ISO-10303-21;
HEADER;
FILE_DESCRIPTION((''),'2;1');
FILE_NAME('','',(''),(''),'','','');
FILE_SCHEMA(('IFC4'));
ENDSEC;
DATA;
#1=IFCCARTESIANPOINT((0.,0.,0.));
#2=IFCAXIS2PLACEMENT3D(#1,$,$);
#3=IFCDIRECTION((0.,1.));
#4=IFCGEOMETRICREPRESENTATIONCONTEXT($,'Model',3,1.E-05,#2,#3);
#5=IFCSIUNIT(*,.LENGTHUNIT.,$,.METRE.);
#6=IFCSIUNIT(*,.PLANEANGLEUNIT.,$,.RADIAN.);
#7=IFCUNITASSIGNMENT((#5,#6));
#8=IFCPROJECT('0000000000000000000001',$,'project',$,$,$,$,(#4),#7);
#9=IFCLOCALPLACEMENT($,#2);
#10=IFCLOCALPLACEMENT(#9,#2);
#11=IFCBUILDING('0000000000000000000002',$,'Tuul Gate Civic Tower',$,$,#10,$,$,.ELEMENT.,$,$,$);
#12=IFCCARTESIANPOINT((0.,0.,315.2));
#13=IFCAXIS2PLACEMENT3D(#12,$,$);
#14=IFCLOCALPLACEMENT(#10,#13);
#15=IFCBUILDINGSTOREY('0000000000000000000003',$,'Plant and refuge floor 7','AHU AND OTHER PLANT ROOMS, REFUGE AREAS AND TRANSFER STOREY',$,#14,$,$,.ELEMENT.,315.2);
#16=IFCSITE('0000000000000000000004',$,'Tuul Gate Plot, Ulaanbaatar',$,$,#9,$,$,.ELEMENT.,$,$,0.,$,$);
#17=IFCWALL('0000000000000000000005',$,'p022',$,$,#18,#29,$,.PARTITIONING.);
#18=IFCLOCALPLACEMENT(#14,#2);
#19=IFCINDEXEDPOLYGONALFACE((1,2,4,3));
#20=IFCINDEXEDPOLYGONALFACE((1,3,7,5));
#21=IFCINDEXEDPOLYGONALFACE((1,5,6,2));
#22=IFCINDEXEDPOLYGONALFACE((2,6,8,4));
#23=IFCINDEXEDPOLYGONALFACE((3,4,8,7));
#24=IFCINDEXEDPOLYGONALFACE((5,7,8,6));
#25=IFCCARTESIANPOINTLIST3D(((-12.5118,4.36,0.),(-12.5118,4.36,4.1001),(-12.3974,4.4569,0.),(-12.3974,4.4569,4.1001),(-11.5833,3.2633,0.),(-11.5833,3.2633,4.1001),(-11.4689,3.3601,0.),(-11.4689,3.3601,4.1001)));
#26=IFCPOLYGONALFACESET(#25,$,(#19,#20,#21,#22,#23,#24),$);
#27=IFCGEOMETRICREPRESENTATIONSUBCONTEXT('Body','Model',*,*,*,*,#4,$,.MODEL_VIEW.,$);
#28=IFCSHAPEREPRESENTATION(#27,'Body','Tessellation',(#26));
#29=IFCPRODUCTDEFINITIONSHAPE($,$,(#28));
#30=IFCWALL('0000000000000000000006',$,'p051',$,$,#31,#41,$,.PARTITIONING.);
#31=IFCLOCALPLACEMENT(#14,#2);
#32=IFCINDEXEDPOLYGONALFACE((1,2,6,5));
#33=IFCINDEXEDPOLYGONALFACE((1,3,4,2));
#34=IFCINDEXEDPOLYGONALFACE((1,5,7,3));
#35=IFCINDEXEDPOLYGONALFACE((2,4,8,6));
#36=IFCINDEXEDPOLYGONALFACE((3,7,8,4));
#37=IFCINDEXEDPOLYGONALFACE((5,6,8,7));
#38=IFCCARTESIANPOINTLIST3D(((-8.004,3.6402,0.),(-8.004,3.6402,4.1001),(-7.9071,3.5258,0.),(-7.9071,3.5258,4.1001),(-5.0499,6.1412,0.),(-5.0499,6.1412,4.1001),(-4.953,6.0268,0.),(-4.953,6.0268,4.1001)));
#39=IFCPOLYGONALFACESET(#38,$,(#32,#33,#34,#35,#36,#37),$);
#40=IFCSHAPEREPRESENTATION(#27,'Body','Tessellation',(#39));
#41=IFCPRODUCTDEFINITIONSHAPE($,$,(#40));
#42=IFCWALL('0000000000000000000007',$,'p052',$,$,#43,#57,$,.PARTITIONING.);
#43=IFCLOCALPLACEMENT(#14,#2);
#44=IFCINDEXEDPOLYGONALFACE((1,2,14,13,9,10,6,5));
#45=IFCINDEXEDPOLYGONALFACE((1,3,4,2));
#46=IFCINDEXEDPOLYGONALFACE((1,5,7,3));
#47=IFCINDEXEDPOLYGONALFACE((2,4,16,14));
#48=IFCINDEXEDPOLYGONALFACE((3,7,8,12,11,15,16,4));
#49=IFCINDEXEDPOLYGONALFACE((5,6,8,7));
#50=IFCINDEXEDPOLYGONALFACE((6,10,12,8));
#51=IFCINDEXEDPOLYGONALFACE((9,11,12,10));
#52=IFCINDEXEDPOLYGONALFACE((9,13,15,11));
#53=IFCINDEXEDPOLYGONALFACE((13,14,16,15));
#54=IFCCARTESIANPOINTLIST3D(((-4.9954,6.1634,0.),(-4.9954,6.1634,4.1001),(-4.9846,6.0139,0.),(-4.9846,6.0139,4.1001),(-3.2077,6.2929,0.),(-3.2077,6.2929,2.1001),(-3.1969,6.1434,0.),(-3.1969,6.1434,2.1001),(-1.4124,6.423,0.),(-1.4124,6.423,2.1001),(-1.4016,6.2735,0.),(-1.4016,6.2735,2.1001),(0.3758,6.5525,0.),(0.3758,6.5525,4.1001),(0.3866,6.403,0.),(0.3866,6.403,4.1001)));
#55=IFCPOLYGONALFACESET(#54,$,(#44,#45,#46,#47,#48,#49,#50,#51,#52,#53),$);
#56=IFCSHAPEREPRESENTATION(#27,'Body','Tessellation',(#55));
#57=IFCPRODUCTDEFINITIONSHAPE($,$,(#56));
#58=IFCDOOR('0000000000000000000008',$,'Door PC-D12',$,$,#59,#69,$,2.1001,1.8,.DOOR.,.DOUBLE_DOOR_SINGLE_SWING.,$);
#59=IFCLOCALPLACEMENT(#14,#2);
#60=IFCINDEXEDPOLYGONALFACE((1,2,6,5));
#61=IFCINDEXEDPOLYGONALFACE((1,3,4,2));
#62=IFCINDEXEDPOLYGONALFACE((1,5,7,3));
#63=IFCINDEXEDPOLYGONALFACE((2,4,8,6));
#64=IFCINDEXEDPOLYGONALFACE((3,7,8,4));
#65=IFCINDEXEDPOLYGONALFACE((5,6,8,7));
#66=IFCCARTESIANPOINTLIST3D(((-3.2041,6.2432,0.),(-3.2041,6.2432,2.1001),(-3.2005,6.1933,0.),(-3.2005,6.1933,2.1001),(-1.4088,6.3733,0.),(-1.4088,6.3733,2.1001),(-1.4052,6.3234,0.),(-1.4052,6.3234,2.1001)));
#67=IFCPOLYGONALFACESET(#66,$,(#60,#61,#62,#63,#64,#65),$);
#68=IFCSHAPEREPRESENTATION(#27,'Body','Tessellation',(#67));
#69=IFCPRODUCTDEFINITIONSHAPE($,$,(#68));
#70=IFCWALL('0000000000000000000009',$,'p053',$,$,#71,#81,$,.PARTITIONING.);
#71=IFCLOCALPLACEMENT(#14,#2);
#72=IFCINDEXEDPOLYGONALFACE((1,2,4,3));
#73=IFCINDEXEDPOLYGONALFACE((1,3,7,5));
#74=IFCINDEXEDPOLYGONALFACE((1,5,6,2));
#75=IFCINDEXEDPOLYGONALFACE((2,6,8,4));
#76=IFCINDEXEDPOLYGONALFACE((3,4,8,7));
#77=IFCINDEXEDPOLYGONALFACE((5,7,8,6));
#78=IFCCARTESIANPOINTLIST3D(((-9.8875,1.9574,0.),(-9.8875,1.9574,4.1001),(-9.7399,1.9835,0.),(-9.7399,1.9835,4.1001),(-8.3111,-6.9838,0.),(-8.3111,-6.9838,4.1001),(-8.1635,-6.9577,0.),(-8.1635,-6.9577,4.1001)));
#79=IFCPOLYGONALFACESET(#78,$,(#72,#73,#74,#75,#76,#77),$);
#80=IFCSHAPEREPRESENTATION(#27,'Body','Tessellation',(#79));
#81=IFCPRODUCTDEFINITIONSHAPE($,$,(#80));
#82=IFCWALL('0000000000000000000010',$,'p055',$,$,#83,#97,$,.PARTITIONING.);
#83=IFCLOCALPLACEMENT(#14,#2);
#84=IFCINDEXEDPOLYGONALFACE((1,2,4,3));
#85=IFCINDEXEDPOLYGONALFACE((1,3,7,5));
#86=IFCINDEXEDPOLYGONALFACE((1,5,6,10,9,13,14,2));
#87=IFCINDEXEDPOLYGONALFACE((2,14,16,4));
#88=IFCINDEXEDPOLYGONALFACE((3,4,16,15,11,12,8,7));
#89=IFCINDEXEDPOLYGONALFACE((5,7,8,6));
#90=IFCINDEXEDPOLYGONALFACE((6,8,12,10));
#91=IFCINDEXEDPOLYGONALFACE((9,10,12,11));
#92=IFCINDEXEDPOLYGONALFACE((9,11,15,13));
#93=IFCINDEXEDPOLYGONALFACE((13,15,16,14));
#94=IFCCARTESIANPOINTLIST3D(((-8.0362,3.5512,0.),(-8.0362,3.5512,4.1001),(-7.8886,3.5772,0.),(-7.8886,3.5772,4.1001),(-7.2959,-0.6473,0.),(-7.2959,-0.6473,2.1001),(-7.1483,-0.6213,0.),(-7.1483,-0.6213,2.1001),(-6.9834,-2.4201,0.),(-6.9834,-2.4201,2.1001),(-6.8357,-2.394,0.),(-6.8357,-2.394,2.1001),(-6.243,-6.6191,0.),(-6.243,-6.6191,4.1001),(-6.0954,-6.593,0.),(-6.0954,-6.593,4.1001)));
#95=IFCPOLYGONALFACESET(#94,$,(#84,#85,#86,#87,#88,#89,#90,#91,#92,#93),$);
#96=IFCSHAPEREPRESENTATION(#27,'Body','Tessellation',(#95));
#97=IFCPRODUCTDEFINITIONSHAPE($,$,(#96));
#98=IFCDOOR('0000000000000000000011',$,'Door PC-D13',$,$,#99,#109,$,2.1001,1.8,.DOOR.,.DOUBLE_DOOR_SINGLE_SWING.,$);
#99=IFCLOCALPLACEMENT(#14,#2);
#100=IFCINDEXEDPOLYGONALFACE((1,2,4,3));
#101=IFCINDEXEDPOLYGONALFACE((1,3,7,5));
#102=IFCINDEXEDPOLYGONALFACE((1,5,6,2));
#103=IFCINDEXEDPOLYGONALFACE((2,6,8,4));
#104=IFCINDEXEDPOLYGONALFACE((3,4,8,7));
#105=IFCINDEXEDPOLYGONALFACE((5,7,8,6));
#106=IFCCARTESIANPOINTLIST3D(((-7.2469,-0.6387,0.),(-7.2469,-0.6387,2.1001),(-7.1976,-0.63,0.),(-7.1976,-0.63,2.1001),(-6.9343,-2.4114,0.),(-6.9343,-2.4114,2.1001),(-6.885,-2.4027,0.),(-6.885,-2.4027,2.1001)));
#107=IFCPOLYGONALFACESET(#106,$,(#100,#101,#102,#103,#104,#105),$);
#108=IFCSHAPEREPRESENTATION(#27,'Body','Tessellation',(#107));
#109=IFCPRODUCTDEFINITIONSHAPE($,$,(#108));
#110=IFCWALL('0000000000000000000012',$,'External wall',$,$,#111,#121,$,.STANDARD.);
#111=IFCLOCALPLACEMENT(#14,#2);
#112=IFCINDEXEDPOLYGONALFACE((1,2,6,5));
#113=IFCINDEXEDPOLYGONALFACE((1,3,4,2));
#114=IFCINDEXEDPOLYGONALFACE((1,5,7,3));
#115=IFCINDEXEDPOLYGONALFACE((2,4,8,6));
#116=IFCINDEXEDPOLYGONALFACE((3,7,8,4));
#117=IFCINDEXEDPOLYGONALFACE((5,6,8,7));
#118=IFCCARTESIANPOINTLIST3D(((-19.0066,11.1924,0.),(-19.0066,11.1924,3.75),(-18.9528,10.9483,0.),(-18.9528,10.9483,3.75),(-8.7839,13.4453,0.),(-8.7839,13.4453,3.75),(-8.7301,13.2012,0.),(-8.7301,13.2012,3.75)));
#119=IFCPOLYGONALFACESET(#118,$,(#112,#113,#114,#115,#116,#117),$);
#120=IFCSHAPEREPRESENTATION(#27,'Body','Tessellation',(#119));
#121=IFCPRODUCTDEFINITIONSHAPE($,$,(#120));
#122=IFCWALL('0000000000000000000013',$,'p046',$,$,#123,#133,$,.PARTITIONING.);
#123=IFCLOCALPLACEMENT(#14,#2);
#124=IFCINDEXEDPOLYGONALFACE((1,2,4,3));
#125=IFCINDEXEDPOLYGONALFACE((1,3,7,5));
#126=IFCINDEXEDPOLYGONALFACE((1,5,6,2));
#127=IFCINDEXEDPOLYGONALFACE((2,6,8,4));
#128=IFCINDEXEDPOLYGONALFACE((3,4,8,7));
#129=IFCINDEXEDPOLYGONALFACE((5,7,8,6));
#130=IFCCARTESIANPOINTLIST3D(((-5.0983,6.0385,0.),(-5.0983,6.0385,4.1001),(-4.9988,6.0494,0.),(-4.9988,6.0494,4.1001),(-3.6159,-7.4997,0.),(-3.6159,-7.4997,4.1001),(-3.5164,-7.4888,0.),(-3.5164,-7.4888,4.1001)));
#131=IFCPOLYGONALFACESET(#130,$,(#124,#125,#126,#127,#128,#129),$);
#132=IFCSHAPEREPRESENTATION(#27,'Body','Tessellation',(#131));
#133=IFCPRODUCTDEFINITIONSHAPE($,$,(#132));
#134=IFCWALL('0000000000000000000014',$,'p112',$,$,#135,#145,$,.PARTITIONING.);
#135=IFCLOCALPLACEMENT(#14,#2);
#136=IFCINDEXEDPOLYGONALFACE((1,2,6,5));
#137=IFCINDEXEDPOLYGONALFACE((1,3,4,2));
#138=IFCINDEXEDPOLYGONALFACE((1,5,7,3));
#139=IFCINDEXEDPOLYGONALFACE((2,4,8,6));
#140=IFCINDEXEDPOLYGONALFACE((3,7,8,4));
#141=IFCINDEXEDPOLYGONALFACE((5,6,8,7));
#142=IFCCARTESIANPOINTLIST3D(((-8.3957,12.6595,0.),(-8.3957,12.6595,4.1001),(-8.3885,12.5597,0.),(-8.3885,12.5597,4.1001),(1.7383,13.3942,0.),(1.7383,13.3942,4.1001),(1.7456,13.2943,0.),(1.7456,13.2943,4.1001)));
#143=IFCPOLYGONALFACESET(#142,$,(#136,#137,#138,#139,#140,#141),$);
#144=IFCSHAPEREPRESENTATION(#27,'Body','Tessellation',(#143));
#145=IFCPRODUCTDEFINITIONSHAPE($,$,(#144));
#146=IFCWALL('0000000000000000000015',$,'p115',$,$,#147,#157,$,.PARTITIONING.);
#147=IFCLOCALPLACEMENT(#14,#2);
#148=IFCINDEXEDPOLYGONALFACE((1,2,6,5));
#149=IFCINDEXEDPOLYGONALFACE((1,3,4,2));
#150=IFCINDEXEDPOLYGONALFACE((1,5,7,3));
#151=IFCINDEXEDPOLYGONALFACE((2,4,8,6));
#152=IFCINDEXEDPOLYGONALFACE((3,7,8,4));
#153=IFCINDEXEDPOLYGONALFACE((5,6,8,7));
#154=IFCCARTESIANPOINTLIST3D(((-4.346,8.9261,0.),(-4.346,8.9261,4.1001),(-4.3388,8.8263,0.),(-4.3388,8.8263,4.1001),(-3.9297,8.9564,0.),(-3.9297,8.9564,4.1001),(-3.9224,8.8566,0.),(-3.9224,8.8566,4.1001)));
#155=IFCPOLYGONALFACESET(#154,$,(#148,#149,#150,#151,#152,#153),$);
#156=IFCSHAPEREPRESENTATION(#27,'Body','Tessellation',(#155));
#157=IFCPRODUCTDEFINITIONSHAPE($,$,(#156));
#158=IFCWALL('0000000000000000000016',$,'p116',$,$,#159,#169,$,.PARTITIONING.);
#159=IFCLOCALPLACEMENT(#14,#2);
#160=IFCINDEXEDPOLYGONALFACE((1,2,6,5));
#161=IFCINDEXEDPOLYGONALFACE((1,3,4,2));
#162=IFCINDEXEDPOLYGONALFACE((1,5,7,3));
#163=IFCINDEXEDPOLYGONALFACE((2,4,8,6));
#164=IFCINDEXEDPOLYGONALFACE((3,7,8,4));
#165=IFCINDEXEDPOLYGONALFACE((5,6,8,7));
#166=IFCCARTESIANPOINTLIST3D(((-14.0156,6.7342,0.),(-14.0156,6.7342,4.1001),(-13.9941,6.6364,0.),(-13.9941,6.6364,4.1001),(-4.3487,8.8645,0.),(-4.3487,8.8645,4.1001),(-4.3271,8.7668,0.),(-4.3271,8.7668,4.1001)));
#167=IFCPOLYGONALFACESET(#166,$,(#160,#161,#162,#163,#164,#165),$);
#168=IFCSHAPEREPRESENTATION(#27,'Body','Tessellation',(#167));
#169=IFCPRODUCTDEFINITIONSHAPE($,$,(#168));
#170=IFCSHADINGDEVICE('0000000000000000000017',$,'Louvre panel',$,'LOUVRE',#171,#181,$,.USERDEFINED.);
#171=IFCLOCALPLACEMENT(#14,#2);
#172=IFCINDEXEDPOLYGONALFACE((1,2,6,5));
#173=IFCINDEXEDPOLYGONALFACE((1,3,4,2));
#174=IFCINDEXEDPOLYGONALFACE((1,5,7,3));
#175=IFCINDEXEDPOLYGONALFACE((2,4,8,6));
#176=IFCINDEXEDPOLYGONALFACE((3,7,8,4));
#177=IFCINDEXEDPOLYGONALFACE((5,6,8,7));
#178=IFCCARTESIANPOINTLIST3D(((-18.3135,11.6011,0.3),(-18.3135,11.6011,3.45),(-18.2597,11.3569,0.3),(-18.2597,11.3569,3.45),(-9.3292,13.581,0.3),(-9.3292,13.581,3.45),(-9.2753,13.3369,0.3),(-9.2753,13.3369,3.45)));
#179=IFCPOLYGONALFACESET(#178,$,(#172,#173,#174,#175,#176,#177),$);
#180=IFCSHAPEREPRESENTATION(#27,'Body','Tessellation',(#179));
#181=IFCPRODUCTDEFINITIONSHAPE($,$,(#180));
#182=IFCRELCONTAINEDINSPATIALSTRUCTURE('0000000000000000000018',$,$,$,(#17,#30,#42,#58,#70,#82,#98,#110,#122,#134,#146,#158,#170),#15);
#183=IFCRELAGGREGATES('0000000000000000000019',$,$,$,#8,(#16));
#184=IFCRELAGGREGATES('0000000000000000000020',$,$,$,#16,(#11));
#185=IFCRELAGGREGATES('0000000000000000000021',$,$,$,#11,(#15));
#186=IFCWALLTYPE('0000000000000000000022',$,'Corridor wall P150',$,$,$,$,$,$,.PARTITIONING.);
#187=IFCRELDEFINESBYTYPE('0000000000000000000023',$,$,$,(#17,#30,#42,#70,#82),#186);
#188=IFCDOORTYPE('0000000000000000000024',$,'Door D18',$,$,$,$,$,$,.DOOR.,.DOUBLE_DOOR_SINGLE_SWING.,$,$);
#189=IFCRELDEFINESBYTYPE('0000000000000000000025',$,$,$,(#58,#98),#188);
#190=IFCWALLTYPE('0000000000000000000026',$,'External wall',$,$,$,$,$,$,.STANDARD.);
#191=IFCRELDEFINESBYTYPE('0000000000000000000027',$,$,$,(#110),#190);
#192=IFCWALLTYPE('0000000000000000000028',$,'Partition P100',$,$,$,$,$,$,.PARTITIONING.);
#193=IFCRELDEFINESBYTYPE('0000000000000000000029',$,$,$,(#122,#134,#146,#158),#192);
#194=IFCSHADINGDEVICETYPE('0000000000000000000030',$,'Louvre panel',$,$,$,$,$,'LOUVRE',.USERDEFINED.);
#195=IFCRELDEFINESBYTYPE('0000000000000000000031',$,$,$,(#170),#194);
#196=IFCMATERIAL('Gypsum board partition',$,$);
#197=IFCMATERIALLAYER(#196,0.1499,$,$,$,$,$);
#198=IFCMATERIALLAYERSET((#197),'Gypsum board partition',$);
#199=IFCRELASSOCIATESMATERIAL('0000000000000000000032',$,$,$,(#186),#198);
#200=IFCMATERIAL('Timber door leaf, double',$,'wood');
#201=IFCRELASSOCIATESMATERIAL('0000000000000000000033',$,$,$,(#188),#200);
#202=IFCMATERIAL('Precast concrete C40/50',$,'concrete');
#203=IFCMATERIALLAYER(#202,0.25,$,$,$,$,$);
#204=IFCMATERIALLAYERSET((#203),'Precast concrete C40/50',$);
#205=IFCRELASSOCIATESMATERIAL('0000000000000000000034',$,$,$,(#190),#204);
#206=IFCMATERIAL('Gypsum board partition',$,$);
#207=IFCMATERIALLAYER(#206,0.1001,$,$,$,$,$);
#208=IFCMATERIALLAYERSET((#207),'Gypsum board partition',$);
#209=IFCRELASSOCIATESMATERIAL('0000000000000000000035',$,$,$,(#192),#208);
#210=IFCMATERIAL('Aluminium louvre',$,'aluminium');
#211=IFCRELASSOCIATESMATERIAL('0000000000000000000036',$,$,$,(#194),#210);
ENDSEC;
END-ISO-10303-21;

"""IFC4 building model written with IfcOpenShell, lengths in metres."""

from ifc_helpers import new_model, si_unit, direction, frame, frame_2d, origin, origin_2d, place, context, subcontext, project, spatial, rectangle, extrude, material, layer, layer_set, type_object, element, fill, save


model = new_model("IFC4")

# Units and contexts
model_context = context("Model", 3, precision=1e-05, world=origin(), true_north=direction((0.0, 1.0)))
body_context = subcontext(model_context, "Body", "Model", "MODEL_VIEW")
ifc_project = project(units=[si_unit("LENGTHUNIT", "METRE"), si_unit("PLANEANGLEUNIT", "RADIAN")], contexts=[model_context])

# Site, building, storey
site_placement = place(None, origin())
site = spatial("IfcSite", under=ifc_project, at=site_placement, Name="Tuul Gate Plot, Ulaanbaatar", CompositionType="ELEMENT", RefElevation=0.0)
building_placement = place(site_placement, origin())
building = spatial("IfcBuilding", under=site, at=building_placement, Name="Tuul Gate Civic Tower", CompositionType="ELEMENT")
storey_placement = place(building_placement, frame((0.0, 0.0, 315.2)))
storey = spatial("IfcBuildingStorey", under=building, at=storey_placement, Name="Plant and refuge floor 7", Description="AHU AND OTHER PLANT ROOMS, REFUGE AREAS AND TRANSFER STOREY", CompositionType="ELEMENT", Elevation=315.2)

# Walls
ifc_material_1 = material(Name="Gypsum board partition")
ifc_layer_1 = layer(ifc_material_1, 0.1499)
ifc_layer_set_1 = layer_set([ifc_layer_1], Name="Gypsum board partition")
wall_type_1 = type_object("IfcWallType", Name="Corridor wall P150", PredefinedType="PARTITIONING", material=ifc_layer_set_1)
wall_1_placement = place(storey_placement, frame((-12.4546, 4.4084, 0.0), z_axis=(0.0, 0.0, 1.0), x_axis=(0.646148, -0.763212, 0.0)))
element("IfcWall", 1, at=wall_1_placement, inside=storey, type_object=wall_type_1, Name="p022", PredefinedType="PARTITIONING", context=body_context, shape_type="SweptSolid", body=[
    extrude(rectangle(XDim=1.437, YDim=0.1499, at=frame_2d((0.7185, 0.0))), origin(), (0.0, 0.0, 1.0), 4.1001),
])
wall_2_placement = place(storey_placement, frame((-7.9556, 3.583, 0.0), z_axis=(0.0, 0.0, 1.0), x_axis=(0.763214, 0.646146, 0.0)))
element("IfcWall", 2, at=wall_2_placement, inside=storey, type_object=wall_type_1, Name="p051", PredefinedType="PARTITIONING", context=body_context, shape_type="SweptSolid", body=[
    extrude(rectangle(XDim=3.8706, YDim=0.1499, at=frame_2d((1.9353, 0.0))), origin(), (0.0, 0.0, 1.0), 4.1001),
])

# Wall, opening, door
wall_3_placement = place(storey_placement, frame((-4.99, 6.0886, 0.0), z_axis=(0.0, 0.0, 1.0), x_axis=(0.997385, 0.072265, 0.0)))
wall_3 = element("IfcWall", 3, at=wall_3_placement, inside=storey, type_object=wall_type_1, Name="p052", PredefinedType="PARTITIONING", context=body_context, shape_type="SweptSolid", body=[
    extrude(rectangle(XDim=5.3853, YDim=0.1499, at=frame_2d((2.6926, 0.0))), origin(), (0.0, 0.0, 1.0), 4.1001),
])
opening_1_placement = place(wall_3_placement, frame((1.7925, 0.0, 0.0)))
opening_1 = element("IfcOpeningElement", 4, at=opening_1_placement, cuts=wall_3, PredefinedType="OPENING", context=body_context, shape_type="SweptSolid", body=[
    extrude(rectangle(XDim=1.8, YDim=2.1001, at=frame_2d((0.8999, 1.05))), frame((0.0, 0.085, 0.0), z_axis=(0.0, -1.0, 0.0), x_axis=(1.0, 0.0, 0.0)), (0.0, 0.0, 1.0), 0.1699),
])
ifc_material_2 = material(Name="Timber door leaf, double", Category="wood")
door_type = type_object("IfcDoorType", Name="Door D18", OperationType="DOUBLE_DOOR_SINGLE_SWING", PredefinedType="DOOR", material=ifc_material_2)
door_1_placement = place(opening_1_placement, frame((1.8, 0.0, 0.0), z_axis=(0.0, 0.0, 1.0), x_axis=(-1.0, 0.0, 0.0)))
door_1 = element("IfcDoor", 5, at=door_1_placement, inside=storey, type_object=door_type, Name="Door PC-D12", OperationType="DOUBLE_DOOR_SINGLE_SWING", OverallHeight=2.1001, OverallWidth=1.8, PredefinedType="DOOR", context=body_context, shape_type="SweptSolid", body=[
    extrude(rectangle(XDim=1.8, YDim=2.1001, at=frame_2d((0.9001, 1.05))), frame((0.0, 0.0249, 0.0), z_axis=(0.0, -1.0, 0.0), x_axis=(1.0, 0.0, 0.0)), (0.0, 0.0, 1.0), 0.05),
])
fill(opening_1, door_1)

# Wall
wall_4_placement = place(storey_placement, frame((-9.8137, 1.9705, 0.0), z_axis=(0.0, 0.0, 1.0), x_axis=(0.173632, -0.984811, 0.0)))
element("IfcWall", 6, at=wall_4_placement, inside=storey, type_object=wall_type_1, Name="p053", PredefinedType="PARTITIONING", context=body_context, shape_type="SweptSolid", body=[
    extrude(rectangle(XDim=9.0791, YDim=0.1499, at=frame_2d((4.5396, 0.0))), origin(), (0.0, 0.0, 1.0), 4.1001),
])

# Wall, opening, door
wall_5_placement = place(storey_placement, frame((-7.9624, 3.5642, 0.0), z_axis=(0.0, 0.0, 1.0), x_axis=(0.173642, -0.984809, 0.0)))
wall_5 = element("IfcWall", 7, at=wall_5_placement, inside=storey, type_object=wall_type_1, Name="p055", PredefinedType="PARTITIONING", context=body_context, shape_type="SweptSolid", body=[
    extrude(rectangle(XDim=10.3271, YDim=0.1499, at=frame_2d((5.1636, 0.0))), origin(), (0.0, 0.0, 1.0), 4.1001),
])
opening_2_placement = place(wall_5_placement, frame((4.2634, 0.0, 0.0)))
opening_2 = element("IfcOpeningElement", 8, at=opening_2_placement, cuts=wall_5, PredefinedType="OPENING", context=body_context, shape_type="SweptSolid", body=[
    extrude(rectangle(XDim=1.8, YDim=2.1001, at=frame_2d((0.8999, 1.05))), frame((0.0, 0.085, 0.0), z_axis=(0.0, -1.0, 0.0), x_axis=(1.0, 0.0, 0.0)), (0.0, 0.0, 1.0), 0.1699),
])
door_2_placement = place(opening_2_placement, origin())
door_2 = element("IfcDoor", 9, at=door_2_placement, inside=storey, type_object=door_type, Name="Door PC-D13", OperationType="DOUBLE_DOOR_SINGLE_SWING", OverallHeight=2.1001, OverallWidth=1.8, PredefinedType="DOOR", context=body_context, shape_type="SweptSolid", body=[
    extrude(rectangle(XDim=1.8, YDim=2.1001, at=frame_2d((0.8999, 1.05))), frame((0.0, 0.0249, 0.0), z_axis=(0.0, -1.0, 0.0), x_axis=(1.0, 0.0, 0.0)), (0.0, 0.0, 1.0), 0.05),
])
fill(opening_2, door_2)

# Walls
ifc_material_3 = material(Name="Precast concrete C40/50", Category="concrete")
ifc_layer_2 = layer(ifc_material_3, 0.25)
ifc_layer_set_2 = layer_set([ifc_layer_2], Name="Precast concrete C40/50")
wall_type_2 = type_object("IfcWallType", Name="External wall", PredefinedType="STANDARD", material=ifc_layer_set_2)
wall_6_placement = place(storey_placement, frame((-8.7571, 13.3232, 0.0), z_axis=(0.0, 0.0, 1.0), x_axis=(-0.976565, -0.215221, 0.0)))
element("IfcWall", 10, at=wall_6_placement, inside=storey, type_object=wall_type_2, Name="External wall", PredefinedType="STANDARD", context=body_context, shape_type="SweptSolid", body=[
    extrude(rectangle(XDim=10.468, YDim=0.25, at=frame_2d((5.2339, 0.0))), origin(), (0.0, 0.0, 1.0), 3.75),
])
ifc_material_4 = material(Name="Gypsum board partition")
ifc_layer_3 = layer(ifc_material_4, 0.1001)
ifc_layer_set_3 = layer_set([ifc_layer_3], Name="Gypsum board partition")
wall_type_3 = type_object("IfcWallType", Name="Partition P100", PredefinedType="PARTITIONING", material=ifc_layer_set_3)
wall_7_placement = place(storey_placement, frame((-5.0486, 6.0439, 0.0), z_axis=(0.0, 0.0, 1.0), x_axis=(0.108848, -0.994058, 0.0)))
element("IfcWall", 11, at=wall_7_placement, inside=storey, type_object=wall_type_3, Name="p046", PredefinedType="PARTITIONING", context=body_context, shape_type="SweptSolid", body=[
    extrude(rectangle(XDim=13.6191, YDim=0.1001, at=frame_2d((6.8096, 0.0))), origin(), (0.0, 0.0, 1.0), 4.1001),
])
wall_8_placement = place(storey_placement, frame((-8.3921, 12.6096, 0.0), z_axis=(0.0, 0.0, 1.0), x_axis=(0.997383, 0.072301, 0.0)))
element("IfcWall", 12, at=wall_8_placement, inside=storey, type_object=wall_type_3, Name="p112", PredefinedType="PARTITIONING", context=body_context, shape_type="SweptSolid", body=[
    extrude(rectangle(XDim=10.1606, YDim=0.1001, at=frame_2d((5.0803, 0.0))), origin(), (0.0, 0.0, 1.0), 4.1001),
])
wall_9_placement = place(storey_placement, frame((-3.926, 8.9065, 0.0), z_axis=(0.0, 0.0, 1.0), x_axis=(-0.997366, -0.072536, 0.0)))
element("IfcWall", 13, at=wall_9_placement, inside=storey, type_object=wall_type_3, Name="p115", PredefinedType="PARTITIONING", context=body_context, shape_type="SweptSolid", body=[
    extrude(rectangle(XDim=0.4175, YDim=0.1001, at=frame_2d((0.2087, 0.0))), origin(), (0.0, 0.0, 1.0), 4.1001),
])
wall_10_placement = place(storey_placement, frame((-4.3379, 8.8157, 0.0), z_axis=(0.0, 0.0, 1.0), x_axis=(-0.976567, -0.215212, 0.0)))
element("IfcWall", 14, at=wall_10_placement, inside=storey, type_object=wall_type_3, Name="p116", PredefinedType="PARTITIONING", context=body_context, shape_type="SweptSolid", body=[
    extrude(rectangle(XDim=9.8989, YDim=0.1001, at=frame_2d((4.9495, 0.0))), origin(), (0.0, 0.0, 1.0), 4.1001),
])

# Shading device
ifc_material_5 = material(Name="Aluminium louvre", Category="aluminium")
shading_device_type = type_object("IfcShadingDeviceType", Name="Louvre panel", ElementType="LOUVRE", PredefinedType="USERDEFINED", material=ifc_material_5)
shading_device_placement = place(storey_placement, frame((-13.7944, 12.469, 0.3), z_axis=(0.0, 0.0, 1.0), x_axis=(-0.215215, 0.976567, 0.0)))
element("IfcShadingDevice", 15, at=shading_device_placement, inside=storey, type_object=shading_device_type, Name="Louvre panel", ObjectType="LOUVRE", PredefinedType="USERDEFINED", context=body_context, shape_type="SweptSolid", body=[
    extrude(rectangle(XDim=0.25, YDim=9.2, at=origin_2d()), origin(), (0.0, 0.0, 1.0), 3.1499),
])

save(model, "model.ifc")
